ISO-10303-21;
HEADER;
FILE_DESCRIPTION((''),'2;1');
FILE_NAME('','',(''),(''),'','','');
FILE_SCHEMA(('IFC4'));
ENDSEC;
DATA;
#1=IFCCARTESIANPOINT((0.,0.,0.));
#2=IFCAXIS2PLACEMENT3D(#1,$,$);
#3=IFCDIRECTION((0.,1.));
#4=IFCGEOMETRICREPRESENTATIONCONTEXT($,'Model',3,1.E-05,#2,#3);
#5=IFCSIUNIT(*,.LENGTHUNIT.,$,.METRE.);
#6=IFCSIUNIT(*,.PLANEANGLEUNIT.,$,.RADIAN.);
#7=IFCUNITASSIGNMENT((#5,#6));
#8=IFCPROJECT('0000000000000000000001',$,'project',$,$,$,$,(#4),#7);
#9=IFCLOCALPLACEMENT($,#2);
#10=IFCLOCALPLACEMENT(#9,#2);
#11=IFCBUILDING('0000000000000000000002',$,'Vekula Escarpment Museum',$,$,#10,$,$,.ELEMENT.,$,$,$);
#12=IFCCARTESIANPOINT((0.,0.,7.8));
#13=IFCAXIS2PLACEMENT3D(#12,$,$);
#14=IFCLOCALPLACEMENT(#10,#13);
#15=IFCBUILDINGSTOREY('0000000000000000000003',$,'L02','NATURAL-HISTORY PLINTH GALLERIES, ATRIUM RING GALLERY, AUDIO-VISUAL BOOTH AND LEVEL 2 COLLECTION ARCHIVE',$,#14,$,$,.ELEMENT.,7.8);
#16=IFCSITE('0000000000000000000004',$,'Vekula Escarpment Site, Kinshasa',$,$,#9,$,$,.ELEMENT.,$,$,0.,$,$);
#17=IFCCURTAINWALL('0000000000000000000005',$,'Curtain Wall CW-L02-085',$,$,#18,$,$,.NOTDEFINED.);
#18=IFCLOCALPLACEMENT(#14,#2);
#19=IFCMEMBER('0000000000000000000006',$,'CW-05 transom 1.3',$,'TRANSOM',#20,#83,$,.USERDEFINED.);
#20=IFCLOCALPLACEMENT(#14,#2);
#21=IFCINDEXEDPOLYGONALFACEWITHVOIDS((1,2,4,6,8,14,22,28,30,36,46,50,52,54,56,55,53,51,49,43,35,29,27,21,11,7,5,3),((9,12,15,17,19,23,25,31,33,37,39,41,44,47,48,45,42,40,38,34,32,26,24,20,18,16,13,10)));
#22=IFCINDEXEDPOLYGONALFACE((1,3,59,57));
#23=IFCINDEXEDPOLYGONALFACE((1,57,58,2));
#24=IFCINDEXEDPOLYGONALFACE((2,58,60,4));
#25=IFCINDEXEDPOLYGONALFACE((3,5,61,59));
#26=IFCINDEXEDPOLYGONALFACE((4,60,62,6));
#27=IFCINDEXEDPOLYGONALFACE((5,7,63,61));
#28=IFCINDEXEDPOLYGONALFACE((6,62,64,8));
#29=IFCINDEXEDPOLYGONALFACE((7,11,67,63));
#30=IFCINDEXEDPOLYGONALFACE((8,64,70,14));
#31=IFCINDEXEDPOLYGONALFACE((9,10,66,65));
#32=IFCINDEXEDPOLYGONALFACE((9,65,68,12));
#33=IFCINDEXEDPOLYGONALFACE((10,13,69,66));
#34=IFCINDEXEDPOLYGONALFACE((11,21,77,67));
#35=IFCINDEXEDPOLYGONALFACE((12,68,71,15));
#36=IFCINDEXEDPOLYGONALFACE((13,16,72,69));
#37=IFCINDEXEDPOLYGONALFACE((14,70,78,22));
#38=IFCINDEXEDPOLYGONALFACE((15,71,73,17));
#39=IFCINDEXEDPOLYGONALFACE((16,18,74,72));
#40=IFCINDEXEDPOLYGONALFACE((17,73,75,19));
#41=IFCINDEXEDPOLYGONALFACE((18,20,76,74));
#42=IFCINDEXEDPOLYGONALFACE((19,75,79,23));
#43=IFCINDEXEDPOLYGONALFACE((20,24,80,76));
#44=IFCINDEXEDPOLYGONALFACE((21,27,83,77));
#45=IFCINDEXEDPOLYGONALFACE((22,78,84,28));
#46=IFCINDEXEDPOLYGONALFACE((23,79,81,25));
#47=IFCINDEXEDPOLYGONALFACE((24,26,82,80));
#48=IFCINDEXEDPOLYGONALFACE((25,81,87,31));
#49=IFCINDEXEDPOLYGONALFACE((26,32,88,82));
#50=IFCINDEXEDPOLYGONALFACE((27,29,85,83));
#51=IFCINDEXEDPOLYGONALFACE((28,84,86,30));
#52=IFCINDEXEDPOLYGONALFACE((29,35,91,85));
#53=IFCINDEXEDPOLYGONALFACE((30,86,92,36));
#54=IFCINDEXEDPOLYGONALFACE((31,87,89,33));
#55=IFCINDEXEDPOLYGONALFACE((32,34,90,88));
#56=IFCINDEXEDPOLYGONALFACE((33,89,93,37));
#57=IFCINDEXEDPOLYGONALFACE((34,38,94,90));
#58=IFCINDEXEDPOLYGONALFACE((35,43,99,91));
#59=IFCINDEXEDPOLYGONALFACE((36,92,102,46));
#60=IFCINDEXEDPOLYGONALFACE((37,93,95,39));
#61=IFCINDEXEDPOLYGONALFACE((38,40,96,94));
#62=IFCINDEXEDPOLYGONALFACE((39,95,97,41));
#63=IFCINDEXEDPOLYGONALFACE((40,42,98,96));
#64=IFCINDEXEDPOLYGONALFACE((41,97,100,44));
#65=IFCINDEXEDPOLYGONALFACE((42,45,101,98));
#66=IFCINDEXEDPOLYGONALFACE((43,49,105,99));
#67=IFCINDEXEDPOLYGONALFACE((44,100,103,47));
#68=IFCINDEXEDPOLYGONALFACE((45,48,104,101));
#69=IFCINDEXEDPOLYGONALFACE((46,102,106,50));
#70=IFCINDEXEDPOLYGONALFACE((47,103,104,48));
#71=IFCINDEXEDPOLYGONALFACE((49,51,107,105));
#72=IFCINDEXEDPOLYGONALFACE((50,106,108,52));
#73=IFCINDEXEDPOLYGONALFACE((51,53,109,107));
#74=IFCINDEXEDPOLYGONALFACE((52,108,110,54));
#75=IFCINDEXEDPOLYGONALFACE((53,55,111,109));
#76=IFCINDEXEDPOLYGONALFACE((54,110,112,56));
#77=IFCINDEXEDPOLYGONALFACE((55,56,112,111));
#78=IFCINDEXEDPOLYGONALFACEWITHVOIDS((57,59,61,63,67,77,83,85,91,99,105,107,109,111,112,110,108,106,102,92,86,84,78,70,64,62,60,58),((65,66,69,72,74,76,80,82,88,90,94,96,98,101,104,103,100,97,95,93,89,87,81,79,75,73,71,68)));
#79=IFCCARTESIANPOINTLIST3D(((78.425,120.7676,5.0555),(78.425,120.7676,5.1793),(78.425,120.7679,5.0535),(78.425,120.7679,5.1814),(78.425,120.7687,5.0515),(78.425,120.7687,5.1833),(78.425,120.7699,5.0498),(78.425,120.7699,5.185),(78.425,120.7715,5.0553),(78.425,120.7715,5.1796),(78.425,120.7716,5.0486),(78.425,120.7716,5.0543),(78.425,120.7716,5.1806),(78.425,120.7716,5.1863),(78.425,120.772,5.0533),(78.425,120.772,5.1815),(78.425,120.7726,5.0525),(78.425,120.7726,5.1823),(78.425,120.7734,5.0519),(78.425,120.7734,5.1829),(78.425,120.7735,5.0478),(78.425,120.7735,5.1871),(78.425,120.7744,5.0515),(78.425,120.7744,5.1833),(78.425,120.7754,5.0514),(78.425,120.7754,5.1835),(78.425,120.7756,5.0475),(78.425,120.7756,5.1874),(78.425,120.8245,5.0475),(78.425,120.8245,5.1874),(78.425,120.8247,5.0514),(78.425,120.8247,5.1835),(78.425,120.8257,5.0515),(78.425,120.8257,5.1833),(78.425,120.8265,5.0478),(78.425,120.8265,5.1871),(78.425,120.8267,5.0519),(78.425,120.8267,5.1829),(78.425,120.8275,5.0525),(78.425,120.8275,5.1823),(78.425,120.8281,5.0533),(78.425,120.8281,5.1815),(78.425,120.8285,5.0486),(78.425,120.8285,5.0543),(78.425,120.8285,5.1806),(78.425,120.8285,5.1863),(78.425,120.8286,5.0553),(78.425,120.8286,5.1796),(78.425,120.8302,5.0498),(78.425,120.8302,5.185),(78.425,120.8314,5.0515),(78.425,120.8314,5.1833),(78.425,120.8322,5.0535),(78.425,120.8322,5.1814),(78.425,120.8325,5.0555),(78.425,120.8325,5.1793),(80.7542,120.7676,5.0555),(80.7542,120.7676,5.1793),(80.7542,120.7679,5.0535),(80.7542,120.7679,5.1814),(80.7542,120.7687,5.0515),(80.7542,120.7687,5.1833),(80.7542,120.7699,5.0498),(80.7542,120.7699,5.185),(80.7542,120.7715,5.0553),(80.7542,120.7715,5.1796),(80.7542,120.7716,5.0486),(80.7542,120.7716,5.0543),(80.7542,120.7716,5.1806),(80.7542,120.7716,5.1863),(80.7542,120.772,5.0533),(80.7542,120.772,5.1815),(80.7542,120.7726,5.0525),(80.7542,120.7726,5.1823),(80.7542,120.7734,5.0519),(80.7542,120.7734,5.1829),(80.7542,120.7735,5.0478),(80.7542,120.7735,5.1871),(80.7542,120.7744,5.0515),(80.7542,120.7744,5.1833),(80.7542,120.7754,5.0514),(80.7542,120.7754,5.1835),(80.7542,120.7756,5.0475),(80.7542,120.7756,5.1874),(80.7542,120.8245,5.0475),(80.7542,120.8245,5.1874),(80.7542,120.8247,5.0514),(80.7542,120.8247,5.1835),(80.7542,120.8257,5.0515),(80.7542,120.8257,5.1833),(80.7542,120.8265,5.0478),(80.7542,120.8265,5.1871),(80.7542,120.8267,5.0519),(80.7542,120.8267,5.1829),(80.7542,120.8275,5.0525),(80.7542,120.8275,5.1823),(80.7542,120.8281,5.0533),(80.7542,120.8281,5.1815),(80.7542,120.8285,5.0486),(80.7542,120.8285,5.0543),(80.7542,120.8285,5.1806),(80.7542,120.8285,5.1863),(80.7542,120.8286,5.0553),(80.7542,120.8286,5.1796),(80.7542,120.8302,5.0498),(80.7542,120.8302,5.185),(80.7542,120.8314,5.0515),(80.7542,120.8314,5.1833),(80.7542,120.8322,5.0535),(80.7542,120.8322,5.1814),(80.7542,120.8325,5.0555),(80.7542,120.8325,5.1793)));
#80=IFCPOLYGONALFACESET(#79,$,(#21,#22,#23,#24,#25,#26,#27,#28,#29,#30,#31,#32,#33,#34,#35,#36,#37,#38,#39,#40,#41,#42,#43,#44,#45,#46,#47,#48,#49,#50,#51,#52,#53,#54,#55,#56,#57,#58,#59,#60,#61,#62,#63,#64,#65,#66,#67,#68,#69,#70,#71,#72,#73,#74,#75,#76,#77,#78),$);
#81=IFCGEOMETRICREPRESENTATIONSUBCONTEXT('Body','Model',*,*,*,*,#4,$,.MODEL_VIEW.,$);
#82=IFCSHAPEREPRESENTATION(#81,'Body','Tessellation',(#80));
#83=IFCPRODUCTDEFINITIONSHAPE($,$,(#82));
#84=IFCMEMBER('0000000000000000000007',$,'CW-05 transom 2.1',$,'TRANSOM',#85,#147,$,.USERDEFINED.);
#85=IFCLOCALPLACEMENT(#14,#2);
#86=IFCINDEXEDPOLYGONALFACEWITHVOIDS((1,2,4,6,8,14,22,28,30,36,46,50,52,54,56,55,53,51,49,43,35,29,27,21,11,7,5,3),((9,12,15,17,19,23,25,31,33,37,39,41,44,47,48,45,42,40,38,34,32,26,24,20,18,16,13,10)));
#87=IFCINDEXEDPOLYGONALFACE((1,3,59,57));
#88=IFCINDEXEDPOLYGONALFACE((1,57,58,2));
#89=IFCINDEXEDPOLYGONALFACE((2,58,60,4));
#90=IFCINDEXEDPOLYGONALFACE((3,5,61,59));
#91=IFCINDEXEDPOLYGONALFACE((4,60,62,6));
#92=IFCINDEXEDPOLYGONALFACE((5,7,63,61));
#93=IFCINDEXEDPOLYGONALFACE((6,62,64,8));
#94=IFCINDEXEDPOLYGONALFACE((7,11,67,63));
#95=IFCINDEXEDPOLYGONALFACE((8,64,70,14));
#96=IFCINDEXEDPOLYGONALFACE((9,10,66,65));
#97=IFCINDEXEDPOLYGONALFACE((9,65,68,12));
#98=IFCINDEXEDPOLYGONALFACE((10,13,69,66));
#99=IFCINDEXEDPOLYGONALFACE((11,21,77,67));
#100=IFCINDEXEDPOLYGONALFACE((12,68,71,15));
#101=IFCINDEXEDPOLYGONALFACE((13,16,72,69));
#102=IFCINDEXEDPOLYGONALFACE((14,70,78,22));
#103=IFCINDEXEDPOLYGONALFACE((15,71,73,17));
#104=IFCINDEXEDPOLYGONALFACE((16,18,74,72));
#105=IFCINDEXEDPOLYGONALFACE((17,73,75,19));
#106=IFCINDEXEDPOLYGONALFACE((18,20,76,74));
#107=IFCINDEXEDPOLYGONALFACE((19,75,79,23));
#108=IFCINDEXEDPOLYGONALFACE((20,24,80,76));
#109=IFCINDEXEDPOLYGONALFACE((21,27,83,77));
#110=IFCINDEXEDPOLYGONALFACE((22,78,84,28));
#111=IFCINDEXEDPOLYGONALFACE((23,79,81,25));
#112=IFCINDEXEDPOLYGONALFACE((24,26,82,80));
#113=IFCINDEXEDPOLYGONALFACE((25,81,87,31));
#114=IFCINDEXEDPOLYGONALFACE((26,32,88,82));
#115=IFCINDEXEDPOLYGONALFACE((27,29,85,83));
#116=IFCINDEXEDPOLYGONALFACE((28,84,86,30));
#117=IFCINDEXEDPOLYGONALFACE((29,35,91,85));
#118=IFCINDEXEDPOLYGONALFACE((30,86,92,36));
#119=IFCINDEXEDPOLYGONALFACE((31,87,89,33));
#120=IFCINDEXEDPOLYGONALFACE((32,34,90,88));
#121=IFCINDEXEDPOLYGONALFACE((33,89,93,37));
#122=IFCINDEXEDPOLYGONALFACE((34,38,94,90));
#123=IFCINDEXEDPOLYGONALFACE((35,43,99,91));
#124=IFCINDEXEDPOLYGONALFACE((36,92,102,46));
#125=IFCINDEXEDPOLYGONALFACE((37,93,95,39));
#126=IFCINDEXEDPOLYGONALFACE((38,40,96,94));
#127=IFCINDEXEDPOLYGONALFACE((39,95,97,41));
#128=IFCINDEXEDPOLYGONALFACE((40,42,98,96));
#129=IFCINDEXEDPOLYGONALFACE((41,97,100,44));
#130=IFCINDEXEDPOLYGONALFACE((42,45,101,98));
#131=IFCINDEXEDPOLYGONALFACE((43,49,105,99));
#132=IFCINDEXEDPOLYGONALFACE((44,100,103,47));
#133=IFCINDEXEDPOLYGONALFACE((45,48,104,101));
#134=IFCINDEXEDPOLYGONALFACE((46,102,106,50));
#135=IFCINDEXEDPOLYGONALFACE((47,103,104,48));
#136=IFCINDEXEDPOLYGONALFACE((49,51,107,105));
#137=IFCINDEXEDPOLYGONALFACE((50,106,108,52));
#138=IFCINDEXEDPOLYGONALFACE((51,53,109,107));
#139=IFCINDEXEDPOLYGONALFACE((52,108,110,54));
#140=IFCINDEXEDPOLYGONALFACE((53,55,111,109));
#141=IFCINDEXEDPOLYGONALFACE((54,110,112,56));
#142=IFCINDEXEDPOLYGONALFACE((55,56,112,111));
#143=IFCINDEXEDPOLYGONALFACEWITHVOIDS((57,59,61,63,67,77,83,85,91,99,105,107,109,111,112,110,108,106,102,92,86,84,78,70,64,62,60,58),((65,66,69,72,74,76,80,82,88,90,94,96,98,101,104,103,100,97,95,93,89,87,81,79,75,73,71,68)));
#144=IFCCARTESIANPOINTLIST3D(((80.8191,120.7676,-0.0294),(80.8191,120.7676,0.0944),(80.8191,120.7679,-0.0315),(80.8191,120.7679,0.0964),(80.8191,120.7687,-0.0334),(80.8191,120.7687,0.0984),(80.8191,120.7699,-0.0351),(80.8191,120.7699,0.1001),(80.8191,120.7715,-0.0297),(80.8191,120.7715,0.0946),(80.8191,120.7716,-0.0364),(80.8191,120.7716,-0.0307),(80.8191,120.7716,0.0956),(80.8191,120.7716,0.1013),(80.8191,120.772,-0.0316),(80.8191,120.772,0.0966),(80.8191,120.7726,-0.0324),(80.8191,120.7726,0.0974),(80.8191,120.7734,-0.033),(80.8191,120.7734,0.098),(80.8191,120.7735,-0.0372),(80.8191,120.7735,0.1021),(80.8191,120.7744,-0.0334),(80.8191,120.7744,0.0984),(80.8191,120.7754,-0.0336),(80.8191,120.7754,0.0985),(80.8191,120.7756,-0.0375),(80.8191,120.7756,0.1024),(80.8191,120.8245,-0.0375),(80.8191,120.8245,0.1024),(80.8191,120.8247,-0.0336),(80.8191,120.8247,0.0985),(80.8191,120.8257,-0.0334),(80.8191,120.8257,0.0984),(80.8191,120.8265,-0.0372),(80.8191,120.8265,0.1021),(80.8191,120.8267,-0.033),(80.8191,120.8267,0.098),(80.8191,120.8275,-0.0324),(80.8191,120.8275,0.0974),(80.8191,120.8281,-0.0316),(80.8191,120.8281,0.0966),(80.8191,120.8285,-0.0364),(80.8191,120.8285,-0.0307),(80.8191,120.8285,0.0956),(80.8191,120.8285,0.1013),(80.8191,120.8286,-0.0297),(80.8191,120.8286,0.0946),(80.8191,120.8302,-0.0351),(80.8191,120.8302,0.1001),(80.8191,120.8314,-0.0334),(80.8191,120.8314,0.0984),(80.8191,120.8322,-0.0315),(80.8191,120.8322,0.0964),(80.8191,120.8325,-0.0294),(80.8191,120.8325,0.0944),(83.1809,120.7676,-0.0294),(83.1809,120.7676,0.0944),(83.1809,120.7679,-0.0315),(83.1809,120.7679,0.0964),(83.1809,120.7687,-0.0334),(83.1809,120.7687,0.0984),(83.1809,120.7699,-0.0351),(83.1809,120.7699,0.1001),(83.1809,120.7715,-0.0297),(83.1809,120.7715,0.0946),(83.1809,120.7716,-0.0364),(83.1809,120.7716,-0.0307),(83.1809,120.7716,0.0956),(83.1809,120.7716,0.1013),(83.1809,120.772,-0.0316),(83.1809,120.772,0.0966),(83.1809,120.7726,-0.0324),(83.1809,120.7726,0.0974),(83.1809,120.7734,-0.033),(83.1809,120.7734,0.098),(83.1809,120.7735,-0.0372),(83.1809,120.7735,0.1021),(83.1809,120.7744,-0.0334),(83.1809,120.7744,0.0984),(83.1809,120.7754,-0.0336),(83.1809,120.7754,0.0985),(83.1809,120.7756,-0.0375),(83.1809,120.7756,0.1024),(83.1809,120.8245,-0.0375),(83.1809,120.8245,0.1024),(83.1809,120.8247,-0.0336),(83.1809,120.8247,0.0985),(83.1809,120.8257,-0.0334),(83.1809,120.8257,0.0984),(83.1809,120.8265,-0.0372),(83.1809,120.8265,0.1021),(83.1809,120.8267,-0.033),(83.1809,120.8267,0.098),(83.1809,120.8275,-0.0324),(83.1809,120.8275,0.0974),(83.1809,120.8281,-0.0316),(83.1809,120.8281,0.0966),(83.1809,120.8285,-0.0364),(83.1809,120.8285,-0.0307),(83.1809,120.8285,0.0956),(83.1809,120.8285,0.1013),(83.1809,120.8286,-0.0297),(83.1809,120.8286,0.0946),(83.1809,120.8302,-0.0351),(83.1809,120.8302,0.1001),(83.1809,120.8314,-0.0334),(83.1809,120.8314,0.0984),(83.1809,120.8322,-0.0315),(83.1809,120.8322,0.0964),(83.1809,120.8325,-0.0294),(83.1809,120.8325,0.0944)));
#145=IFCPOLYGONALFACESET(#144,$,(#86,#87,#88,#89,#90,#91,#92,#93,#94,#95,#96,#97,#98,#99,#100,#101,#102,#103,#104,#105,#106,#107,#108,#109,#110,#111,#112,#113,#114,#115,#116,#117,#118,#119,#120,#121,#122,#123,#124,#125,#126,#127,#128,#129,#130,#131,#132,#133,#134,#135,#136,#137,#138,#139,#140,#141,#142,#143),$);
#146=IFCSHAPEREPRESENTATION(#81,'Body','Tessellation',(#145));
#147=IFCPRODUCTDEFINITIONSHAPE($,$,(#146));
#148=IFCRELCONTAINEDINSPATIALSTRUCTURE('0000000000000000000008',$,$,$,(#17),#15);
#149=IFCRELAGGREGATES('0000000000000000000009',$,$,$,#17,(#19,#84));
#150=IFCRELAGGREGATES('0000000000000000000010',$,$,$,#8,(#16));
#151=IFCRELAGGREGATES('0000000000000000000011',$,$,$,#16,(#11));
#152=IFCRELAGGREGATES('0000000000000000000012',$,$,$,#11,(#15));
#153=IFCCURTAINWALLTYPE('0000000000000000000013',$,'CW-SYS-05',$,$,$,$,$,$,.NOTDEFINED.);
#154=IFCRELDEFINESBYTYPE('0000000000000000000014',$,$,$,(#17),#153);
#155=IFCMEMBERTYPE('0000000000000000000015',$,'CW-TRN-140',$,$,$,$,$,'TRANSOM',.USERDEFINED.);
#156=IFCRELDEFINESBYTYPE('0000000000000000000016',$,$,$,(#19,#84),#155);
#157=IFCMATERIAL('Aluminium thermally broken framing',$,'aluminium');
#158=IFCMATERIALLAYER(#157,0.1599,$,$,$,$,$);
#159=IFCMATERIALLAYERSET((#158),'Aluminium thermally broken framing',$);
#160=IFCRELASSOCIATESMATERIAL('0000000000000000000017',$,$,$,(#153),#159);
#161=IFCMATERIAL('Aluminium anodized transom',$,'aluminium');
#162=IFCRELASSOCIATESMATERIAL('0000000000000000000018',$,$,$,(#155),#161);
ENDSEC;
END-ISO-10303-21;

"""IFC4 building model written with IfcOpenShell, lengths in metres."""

from ifc_helpers import new_model, si_unit, direction, frame, origin, origin_2d, place, context, subcontext, project, spatial, hollow_rectangle, extrude, material, layer, layer_set, material_profile, profile_set, type_object, element, aggregate, save


model = new_model("IFC4")

# Units and contexts
model_context = context("Model", 3, precision=1e-05, world=origin(), true_north=direction((0.0, 1.0)))
body_context = subcontext(model_context, "Body", "Model", "MODEL_VIEW")
ifc_project = project(units=[si_unit("LENGTHUNIT", "METRE"), si_unit("PLANEANGLEUNIT", "RADIAN")], contexts=[model_context])

# Site, building, storey
site_placement = place(None, origin())
site = spatial("IfcSite", under=ifc_project, at=site_placement, Name="Vekula Escarpment Site, Kinshasa", CompositionType="ELEMENT", RefElevation=0.0)
building_placement = place(site_placement, origin())
building = spatial("IfcBuilding", under=site, at=building_placement, Name="Vekula Escarpment Museum", CompositionType="ELEMENT")
storey_placement = place(building_placement, frame((0.0, 0.0, 7.8)))
storey = spatial("IfcBuildingStorey", under=building, at=storey_placement, Name="L02", Description="NATURAL-HISTORY PLINTH GALLERIES, ATRIUM RING GALLERY, AUDIO-VISUAL BOOTH AND LEVEL 2 COLLECTION ARCHIVE", CompositionType="ELEMENT", Elevation=7.8)

# Curtain wall, members
ifc_material_1 = material(Name="Aluminium thermally broken framing", Category="aluminium")
ifc_layer_1 = layer(ifc_material_1, 0.1599)
ifc_layer_set_1 = layer_set([ifc_layer_1], Name="Aluminium thermally broken framing")
curtain_wall_type = type_object("IfcCurtainWallType", Name="CW-SYS-05", PredefinedType="NOTDEFINED", material=ifc_layer_set_1)
curtain_wall_placement = place(storey_placement, origin())
curtain_wall = element("IfcCurtainWall", 1, at=curtain_wall_placement, inside=storey, type_object=curtain_wall_type, Name="Curtain Wall CW-L02-085", PredefinedType="NOTDEFINED")
ifc_material_2 = material(Name="Aluminium anodized transom", Category="aluminium")
ifc_material_profile_1 = material_profile(ifc_material_2, hollow_rectangle(XDim=0.0649, YDim=0.1399, WallThickness=0.0039, InnerFilletRadius=0.0039, OuterFilletRadius=0.0081, at=origin_2d()), Name="ALU 140x65x4")
ifc_profile_set_1 = profile_set([ifc_material_profile_1], Name="Aluminium anodized transom")
member_type_1 = type_object("IfcMemberType", Name="CW-TRN-140", ElementType="TRANSOM", PredefinedType="USERDEFINED", material=ifc_profile_set_1)
member_1_placement = place(storey_placement, frame((78.425, 120.8, 5.1174), z_axis=(1.0, 0.0, 0.0), x_axis=(0.0, 1.0, 0.0)))
member_1 = element("IfcMember", 2, at=member_1_placement, type_object=member_type_1, Name="CW-05 transom 1.3", ObjectType="TRANSOM", PredefinedType="USERDEFINED", context=body_context, shape_type="SweptSolid", body=[
    extrude(hollow_rectangle(XDim=0.0649, YDim=0.1399, WallThickness=0.0039, InnerFilletRadius=0.0039, OuterFilletRadius=0.0081, at=origin_2d()), origin(), (0.0, 0.0, 1.0), 2.3291),
])
member_2_placement = place(storey_placement, frame((80.8191, 120.8, 0.0325), z_axis=(1.0, 0.0, 0.0), x_axis=(0.0, 1.0, 0.0)))
member_2 = element("IfcMember", 3, at=member_2_placement, type_object=member_type_1, Name="CW-05 transom 2.1", ObjectType="TRANSOM", PredefinedType="USERDEFINED", context=body_context, shape_type="SweptSolid", body=[
    extrude(hollow_rectangle(XDim=0.0649, YDim=0.1399, WallThickness=0.0039, InnerFilletRadius=0.0039, OuterFilletRadius=0.0081, at=origin_2d()), origin(), (0.0, 0.0, 1.0), 2.3618),
])
aggregate(curtain_wall, [member_1, member_2])

save(model, "model.ifc")
